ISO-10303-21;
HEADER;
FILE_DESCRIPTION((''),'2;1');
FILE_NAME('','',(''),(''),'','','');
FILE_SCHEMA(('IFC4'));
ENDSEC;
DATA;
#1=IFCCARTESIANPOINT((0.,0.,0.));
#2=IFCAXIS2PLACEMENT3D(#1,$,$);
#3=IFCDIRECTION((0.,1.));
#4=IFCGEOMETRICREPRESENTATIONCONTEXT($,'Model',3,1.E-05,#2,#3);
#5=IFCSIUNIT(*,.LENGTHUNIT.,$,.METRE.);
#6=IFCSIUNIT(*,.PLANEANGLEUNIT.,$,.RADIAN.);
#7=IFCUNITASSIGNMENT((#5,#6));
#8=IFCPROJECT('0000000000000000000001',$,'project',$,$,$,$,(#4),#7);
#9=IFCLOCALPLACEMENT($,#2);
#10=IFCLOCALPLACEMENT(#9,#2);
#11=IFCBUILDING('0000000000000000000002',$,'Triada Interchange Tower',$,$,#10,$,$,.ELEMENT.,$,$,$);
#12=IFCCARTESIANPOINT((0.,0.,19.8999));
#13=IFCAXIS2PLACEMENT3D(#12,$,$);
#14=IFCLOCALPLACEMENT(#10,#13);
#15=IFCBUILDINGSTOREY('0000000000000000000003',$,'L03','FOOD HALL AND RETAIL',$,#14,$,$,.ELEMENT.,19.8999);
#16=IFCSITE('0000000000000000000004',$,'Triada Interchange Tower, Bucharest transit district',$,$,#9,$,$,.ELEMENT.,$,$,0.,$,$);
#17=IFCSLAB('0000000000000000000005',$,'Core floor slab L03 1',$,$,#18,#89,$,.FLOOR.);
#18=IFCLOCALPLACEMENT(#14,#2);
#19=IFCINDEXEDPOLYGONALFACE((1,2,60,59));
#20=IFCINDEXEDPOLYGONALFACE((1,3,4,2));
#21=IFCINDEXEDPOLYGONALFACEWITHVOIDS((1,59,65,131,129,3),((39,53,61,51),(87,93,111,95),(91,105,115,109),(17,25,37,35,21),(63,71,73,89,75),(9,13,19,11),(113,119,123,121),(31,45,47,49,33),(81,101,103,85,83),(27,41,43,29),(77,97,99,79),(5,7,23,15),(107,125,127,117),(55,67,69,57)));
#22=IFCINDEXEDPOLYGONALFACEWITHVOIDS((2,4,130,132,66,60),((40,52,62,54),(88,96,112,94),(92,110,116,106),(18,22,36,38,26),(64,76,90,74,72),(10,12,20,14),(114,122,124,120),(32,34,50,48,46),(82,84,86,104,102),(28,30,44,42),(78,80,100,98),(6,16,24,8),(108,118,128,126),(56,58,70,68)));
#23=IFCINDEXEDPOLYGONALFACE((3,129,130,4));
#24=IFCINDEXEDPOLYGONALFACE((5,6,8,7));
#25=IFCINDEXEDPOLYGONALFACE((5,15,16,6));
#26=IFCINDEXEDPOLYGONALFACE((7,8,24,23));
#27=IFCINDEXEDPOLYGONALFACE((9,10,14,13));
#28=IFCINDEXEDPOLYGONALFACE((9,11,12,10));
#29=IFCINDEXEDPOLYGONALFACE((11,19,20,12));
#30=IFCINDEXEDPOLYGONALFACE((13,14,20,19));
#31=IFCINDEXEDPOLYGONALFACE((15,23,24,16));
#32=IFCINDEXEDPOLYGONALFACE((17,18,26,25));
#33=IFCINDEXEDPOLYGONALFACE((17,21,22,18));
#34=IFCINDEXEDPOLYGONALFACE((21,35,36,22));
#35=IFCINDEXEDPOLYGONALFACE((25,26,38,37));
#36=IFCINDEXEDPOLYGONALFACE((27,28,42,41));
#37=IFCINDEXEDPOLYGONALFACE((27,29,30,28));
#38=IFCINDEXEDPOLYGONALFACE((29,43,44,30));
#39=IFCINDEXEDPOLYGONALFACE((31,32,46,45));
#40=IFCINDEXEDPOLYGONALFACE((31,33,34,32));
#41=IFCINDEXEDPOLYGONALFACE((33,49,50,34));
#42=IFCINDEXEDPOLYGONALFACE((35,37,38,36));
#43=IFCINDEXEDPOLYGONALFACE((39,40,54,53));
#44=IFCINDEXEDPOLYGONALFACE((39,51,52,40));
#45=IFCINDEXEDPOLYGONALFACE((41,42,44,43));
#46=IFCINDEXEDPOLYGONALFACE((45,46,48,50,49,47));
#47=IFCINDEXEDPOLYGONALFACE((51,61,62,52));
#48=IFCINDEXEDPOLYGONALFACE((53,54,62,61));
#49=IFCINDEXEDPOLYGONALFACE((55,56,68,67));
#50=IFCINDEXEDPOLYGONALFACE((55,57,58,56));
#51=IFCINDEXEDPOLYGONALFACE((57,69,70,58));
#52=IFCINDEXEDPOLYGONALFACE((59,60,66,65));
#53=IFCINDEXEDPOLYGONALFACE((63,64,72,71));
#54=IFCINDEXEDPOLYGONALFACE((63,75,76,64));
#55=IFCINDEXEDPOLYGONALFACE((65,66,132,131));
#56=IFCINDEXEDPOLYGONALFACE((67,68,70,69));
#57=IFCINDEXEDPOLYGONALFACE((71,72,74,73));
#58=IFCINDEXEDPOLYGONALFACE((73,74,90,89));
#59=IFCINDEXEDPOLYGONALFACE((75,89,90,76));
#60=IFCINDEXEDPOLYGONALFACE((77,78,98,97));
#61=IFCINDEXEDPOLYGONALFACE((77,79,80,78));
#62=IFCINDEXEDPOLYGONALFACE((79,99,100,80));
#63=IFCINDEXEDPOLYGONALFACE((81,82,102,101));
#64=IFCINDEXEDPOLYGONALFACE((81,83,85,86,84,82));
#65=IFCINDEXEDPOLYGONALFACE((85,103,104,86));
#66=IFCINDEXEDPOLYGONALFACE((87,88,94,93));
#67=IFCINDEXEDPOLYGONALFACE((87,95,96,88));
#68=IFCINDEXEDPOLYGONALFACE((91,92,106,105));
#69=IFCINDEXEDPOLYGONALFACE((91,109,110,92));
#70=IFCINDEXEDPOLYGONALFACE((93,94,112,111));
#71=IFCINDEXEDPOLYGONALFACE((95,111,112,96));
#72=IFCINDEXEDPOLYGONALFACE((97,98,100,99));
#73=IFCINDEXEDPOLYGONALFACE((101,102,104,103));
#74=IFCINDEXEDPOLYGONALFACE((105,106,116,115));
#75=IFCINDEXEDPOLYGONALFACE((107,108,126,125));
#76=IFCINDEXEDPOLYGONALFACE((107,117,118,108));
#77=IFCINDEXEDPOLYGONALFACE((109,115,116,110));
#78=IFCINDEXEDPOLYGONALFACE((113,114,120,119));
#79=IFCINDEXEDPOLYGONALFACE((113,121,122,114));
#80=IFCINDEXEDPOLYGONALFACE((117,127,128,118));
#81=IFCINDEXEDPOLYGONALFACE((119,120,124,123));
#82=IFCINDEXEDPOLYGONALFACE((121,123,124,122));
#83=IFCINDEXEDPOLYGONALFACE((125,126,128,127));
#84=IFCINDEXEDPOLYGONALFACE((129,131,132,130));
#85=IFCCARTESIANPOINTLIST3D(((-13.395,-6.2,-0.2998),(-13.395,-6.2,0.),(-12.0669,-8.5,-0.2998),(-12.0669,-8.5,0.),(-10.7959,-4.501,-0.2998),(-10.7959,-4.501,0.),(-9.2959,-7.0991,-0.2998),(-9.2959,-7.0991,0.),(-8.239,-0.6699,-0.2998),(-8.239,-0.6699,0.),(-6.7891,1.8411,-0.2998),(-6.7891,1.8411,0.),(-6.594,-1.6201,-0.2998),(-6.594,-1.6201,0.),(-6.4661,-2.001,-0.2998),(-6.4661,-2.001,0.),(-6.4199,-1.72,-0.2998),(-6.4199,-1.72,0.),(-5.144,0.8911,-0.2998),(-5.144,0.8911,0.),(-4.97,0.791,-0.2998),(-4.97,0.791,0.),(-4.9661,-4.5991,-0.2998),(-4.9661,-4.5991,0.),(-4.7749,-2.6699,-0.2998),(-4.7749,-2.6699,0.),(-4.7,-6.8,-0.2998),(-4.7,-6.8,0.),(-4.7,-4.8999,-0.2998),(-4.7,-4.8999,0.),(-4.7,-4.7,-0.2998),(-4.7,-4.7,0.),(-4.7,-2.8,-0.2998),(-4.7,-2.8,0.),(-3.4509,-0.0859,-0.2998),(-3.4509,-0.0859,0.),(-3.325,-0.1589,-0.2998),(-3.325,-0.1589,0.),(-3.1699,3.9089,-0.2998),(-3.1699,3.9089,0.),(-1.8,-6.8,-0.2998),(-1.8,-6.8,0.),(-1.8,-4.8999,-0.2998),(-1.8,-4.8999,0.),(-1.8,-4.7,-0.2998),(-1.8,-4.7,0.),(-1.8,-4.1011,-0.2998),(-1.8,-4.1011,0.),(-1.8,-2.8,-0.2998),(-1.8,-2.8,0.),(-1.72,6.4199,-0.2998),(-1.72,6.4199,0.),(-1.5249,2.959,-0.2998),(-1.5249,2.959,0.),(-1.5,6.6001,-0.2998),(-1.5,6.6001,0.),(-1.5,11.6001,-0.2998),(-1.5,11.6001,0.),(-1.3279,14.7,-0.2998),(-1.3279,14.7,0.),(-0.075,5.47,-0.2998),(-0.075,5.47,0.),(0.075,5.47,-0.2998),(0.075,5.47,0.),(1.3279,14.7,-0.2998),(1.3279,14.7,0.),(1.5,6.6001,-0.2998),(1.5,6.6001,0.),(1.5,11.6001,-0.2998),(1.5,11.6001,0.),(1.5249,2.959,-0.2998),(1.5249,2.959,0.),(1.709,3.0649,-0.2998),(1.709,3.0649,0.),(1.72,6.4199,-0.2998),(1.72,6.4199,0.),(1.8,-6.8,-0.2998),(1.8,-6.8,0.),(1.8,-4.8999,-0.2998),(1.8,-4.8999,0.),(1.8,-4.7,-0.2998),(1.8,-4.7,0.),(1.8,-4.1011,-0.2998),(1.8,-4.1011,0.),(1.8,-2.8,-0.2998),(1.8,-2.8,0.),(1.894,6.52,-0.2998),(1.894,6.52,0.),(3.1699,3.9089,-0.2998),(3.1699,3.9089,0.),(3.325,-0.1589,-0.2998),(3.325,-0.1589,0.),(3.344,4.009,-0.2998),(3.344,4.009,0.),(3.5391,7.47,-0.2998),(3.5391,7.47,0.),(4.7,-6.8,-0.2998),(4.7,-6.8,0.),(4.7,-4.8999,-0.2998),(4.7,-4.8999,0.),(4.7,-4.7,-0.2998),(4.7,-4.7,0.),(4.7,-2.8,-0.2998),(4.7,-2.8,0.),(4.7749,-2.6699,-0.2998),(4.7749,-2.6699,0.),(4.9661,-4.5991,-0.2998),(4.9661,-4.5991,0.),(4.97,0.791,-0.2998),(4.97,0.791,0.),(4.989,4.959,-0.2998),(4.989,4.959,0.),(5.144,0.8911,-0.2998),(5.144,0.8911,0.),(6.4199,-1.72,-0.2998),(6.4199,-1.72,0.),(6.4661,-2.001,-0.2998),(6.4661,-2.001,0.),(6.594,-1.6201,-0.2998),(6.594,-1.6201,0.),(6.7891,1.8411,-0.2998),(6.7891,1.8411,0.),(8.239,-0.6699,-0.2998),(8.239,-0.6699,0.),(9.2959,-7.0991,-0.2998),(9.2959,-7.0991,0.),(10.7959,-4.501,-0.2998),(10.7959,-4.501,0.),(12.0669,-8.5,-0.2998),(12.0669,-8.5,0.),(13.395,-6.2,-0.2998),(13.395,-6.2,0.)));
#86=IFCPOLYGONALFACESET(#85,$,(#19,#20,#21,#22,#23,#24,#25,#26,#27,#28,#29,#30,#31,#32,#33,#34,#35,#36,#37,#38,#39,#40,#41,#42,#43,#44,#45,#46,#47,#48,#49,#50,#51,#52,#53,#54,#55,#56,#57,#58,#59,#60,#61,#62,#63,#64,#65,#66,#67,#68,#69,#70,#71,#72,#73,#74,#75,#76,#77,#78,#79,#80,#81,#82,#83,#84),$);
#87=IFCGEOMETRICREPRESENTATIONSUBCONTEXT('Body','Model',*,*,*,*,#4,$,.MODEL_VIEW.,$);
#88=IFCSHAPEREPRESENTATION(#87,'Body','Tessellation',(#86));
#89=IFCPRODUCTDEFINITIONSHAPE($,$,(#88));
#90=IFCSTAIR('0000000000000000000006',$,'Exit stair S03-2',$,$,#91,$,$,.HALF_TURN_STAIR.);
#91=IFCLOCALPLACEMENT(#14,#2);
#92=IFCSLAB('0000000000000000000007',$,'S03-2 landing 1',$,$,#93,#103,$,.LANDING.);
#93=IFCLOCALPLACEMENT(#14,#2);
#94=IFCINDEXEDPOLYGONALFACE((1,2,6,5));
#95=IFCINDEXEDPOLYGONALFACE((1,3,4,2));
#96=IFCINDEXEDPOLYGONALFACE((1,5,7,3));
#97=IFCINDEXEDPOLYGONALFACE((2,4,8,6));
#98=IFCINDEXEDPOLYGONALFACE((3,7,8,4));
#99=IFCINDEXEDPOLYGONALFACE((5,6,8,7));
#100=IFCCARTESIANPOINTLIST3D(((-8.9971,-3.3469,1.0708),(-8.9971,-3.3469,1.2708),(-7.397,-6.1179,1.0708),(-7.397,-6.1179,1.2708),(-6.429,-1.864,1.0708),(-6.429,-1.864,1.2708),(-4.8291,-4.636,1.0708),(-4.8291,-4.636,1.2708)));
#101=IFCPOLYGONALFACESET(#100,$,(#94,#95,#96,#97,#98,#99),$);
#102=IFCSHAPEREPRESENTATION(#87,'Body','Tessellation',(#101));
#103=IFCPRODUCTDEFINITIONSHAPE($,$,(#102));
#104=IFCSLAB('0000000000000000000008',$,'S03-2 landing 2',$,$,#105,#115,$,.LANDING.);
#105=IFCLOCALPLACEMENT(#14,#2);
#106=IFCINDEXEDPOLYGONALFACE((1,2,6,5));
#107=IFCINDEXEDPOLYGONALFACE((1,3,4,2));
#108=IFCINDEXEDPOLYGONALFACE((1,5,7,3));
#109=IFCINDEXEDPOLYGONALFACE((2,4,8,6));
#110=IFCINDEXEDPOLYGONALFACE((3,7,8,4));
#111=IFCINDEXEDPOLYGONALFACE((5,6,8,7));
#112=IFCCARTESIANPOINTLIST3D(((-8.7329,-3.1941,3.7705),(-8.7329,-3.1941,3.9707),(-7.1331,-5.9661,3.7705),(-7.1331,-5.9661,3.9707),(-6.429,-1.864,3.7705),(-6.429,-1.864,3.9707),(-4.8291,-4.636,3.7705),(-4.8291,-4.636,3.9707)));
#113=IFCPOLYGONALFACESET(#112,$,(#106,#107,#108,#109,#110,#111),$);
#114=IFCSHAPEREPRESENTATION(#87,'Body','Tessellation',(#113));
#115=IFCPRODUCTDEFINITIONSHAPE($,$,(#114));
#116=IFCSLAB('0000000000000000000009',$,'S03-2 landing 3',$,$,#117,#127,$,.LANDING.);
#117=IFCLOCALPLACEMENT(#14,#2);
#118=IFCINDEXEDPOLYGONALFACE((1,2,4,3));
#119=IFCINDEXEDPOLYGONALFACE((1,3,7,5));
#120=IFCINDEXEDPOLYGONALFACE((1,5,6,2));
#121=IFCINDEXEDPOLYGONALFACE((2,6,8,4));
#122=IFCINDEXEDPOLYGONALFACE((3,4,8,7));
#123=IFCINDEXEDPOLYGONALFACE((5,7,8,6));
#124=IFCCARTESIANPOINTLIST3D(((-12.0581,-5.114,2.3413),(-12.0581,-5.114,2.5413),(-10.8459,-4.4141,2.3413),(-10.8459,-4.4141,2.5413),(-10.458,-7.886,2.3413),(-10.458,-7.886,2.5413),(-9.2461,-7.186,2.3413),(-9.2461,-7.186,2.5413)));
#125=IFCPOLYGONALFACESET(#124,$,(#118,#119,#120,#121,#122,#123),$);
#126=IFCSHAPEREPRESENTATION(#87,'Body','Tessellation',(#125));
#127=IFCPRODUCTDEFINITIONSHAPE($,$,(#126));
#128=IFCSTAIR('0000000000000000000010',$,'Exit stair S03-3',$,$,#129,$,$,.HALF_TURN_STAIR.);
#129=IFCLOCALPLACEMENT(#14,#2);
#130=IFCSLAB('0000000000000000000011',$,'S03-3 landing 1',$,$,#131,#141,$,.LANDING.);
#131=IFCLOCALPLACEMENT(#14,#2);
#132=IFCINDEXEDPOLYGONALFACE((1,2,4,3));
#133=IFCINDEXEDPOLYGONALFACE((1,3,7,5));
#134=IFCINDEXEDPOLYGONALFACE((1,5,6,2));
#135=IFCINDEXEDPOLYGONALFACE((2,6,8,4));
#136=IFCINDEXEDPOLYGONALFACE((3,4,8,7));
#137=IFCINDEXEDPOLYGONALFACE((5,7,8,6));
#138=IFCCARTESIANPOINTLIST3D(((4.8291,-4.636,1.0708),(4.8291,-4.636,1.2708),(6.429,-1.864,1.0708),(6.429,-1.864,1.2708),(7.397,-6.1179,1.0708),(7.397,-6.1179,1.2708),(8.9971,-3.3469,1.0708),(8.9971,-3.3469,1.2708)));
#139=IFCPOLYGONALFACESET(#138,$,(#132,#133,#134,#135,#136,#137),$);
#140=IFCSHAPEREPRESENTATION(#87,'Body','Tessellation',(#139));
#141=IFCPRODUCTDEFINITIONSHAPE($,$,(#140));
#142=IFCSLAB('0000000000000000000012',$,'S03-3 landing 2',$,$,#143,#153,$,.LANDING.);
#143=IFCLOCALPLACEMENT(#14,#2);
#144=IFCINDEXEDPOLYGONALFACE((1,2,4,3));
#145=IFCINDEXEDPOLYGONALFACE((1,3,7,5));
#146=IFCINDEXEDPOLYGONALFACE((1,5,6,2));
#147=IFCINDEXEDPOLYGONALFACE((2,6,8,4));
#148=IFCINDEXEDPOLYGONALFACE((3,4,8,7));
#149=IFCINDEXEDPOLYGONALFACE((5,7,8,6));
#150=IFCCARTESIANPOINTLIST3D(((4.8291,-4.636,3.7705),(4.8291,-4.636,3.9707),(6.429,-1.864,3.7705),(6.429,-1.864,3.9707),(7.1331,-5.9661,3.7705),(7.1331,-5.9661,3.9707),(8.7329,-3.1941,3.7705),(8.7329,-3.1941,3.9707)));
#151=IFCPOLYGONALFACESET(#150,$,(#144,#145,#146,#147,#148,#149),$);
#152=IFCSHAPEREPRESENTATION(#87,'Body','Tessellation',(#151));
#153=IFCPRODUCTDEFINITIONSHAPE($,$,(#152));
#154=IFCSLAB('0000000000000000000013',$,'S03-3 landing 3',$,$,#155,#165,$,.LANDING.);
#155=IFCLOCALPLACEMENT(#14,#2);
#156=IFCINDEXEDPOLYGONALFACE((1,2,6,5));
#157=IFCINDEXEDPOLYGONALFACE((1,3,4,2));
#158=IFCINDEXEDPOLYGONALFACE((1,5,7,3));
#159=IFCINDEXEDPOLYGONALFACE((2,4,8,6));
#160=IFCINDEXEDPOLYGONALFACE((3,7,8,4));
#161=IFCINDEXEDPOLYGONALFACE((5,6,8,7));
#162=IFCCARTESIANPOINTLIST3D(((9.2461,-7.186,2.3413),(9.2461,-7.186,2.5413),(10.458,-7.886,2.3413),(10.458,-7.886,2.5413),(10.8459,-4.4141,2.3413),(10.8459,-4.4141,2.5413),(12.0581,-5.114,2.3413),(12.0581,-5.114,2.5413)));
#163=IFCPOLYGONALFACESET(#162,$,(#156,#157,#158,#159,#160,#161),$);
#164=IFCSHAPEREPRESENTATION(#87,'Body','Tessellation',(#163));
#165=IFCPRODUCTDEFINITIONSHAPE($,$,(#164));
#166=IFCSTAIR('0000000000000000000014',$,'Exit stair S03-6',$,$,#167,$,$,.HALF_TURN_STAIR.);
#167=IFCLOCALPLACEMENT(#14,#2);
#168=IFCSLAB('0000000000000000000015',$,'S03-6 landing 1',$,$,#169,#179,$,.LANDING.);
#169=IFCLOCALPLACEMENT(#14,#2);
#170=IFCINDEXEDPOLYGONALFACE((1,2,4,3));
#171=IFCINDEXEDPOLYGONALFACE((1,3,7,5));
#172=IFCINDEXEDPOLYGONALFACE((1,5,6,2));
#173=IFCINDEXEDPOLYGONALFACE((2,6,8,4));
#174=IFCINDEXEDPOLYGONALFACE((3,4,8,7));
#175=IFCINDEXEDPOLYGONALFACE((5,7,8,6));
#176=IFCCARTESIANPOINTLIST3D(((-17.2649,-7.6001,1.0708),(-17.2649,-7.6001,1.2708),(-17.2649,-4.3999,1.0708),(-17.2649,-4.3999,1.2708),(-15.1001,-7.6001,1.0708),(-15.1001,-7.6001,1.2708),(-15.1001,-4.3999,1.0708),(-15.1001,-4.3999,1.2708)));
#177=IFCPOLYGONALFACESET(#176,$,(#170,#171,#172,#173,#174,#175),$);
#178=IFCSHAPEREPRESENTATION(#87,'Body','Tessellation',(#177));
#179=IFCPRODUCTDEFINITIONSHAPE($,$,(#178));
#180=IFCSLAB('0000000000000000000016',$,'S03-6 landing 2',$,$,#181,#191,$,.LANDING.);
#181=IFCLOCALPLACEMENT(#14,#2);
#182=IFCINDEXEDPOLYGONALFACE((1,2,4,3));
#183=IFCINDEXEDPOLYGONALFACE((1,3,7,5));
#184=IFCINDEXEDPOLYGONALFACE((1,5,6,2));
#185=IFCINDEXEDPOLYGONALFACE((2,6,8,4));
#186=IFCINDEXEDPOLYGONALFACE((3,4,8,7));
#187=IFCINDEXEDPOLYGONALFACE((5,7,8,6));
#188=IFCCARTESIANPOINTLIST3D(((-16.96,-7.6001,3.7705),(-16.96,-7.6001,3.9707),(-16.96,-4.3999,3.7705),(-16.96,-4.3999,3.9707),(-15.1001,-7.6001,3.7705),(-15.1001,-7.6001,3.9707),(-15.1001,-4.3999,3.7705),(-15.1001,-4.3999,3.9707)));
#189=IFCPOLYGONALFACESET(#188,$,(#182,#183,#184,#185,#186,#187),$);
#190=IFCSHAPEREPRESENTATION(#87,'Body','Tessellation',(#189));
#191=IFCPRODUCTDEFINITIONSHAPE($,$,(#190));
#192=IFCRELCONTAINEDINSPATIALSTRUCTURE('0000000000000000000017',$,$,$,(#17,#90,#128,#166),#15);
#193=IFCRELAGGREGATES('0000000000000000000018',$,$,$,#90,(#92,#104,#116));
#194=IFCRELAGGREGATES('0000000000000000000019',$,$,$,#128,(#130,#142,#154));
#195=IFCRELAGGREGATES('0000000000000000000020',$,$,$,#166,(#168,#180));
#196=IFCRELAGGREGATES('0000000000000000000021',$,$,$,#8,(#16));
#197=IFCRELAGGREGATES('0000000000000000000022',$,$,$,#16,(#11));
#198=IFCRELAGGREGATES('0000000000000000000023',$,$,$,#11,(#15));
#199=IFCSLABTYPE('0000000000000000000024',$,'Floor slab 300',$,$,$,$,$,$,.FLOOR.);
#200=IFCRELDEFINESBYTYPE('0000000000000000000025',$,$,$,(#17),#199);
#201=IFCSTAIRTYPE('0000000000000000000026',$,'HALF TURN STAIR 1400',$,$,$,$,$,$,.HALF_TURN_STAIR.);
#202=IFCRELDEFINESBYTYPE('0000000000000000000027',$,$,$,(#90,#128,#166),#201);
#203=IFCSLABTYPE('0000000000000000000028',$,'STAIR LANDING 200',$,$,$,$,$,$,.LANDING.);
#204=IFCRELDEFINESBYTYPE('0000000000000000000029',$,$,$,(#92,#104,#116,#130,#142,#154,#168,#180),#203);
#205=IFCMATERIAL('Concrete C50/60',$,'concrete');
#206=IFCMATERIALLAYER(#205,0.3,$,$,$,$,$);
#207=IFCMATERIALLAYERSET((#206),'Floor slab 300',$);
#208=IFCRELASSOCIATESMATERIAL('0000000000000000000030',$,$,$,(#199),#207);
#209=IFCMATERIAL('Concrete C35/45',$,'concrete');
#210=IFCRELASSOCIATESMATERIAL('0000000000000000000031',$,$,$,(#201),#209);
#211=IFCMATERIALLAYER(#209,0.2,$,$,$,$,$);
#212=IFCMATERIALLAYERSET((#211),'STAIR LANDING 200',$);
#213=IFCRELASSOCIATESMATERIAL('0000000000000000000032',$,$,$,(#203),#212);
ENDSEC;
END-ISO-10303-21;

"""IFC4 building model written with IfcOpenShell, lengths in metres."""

from ifc_helpers import new_model, si_unit, direction, frame, origin, place, context, subcontext, project, spatial, polyline, outline, extrude, material, layer, layer_set, type_object, element, aggregate, save


model = new_model("IFC4")

# Units and contexts
model_context = context("Model", 3, precision=1e-05, world=origin(), true_north=direction((0.0, 1.0)))
body_context = subcontext(model_context, "Body", "Model", "MODEL_VIEW")
ifc_project = project(units=[si_unit("LENGTHUNIT", "METRE"), si_unit("PLANEANGLEUNIT", "RADIAN")], contexts=[model_context])

# Site, building, storey
site_placement = place(None, origin())
site = spatial("IfcSite", under=ifc_project, at=site_placement, Name="Triada Interchange Tower, Bucharest transit district", CompositionType="ELEMENT", RefElevation=0.0)
building_placement = place(site_placement, origin())
building = spatial("IfcBuilding", under=site, at=building_placement, Name="Triada Interchange Tower", CompositionType="ELEMENT")
storey_placement = place(building_placement, frame((0.0, 0.0, 19.8999)))
storey = spatial("IfcBuildingStorey", under=building, at=storey_placement, Name="L03", Description="FOOD HALL AND RETAIL", CompositionType="ELEMENT", Elevation=19.8999)

# Slab
ifc_material_1 = material(Name="Concrete C50/60", Category="concrete")
ifc_layer_1 = layer(ifc_material_1, 0.3)
ifc_layer_set_1 = layer_set([ifc_layer_1], Name="Floor slab 300")
slab_type_1 = type_object("IfcSlabType", Name="Floor slab 300", PredefinedType="FLOOR", material=ifc_layer_set_1)
slab_1_placement = place(storey_placement, frame((0.0, 0.0, -0.2998)))
element("IfcSlab", 1, at=slab_1_placement, inside=storey, type_object=slab_type_1, Name="Core floor slab L03 1", PredefinedType="FLOOR", context=body_context, shape_type="SweptSolid", body=[
    extrude(outline(polyline([(13.395, -6.2), (12.0669, -8.5), (-12.0669, -8.5), (-13.395, -6.2), (-1.3279, 14.7), (1.3279, 14.7), (13.395, -6.2)]), holes=[polyline([(9.2959, -7.0991), (10.7959, -4.501), (6.4661, -2.001), (4.9661, -4.5991), (9.2959, -7.0991)]), polyline([(6.7891, 1.8411), (5.144, 0.8911), (6.594, -1.6201), (8.239, -0.6699), (6.7891, 1.8411)]), polyline([(4.97, 0.791), (3.325, -0.1589), (4.7749, -2.6699), (6.4199, -1.72), (4.97, 0.791)]), polyline([(1.894, 6.52), (3.344, 4.009), (4.989, 4.959), (3.5391, 7.47), (1.894, 6.52)]), polyline([(1.8, -4.8999), (1.8, -6.8), (4.7, -6.8), (4.7, -4.8999), (1.8, -4.8999)]), polyline([(1.8, -2.8), (1.8, -4.1011), (1.8, -4.7), (4.7, -4.7), (4.7, -2.8), (1.8, -2.8)]), polyline([(1.5249, 2.959), (1.709, 3.0649), (3.1699, 3.9089), (1.72, 6.4199), (0.075, 5.47), (1.5249, 2.959)]), polyline([(1.5, 11.6001), (-1.5, 11.6001), (-1.5, 6.6001), (1.5, 6.6001), (1.5, 11.6001)]), polyline([(-1.5249, 2.959), (-0.075, 5.47), (-1.72, 6.4199), (-3.1699, 3.9089), (-1.5249, 2.959)]), polyline([(-4.7, -2.8), (-4.7, -4.7), (-1.8, -4.7), (-1.8, -4.1011), (-1.8, -2.8), (-4.7, -2.8)]), polyline([(-4.7, -4.8999), (-4.7, -6.8), (-1.8, -6.8), (-1.8, -4.8999), (-4.7, -4.8999)]), polyline([(-3.325, -0.1589), (-3.4509, -0.0859), (-4.97, 0.791), (-6.4199, -1.72), (-4.7749, -2.6699), (-3.325, -0.1589)]), polyline([(-10.7959, -4.501), (-9.2959, -7.0991), (-4.9661, -4.5991), (-6.4661, -2.001), (-10.7959, -4.501)]), polyline([(-6.594, -1.6201), (-5.144, 0.8911), (-6.7891, 1.8411), (-8.239, -0.6699), (-6.594, -1.6201)])]), origin(), (0.0, 0.0, 1.0), 0.2998),
])

# Stairs, slabs
ifc_material_2 = material(Name="Concrete C35/45", Category="concrete")
stair_type = type_object("IfcStairType", Name="HALF TURN STAIR 1400", PredefinedType="HALF_TURN_STAIR", material=ifc_material_2)
stair_1_placement = place(storey_placement, origin())
stair_1 = element("IfcStair", 2, at=stair_1_placement, inside=storey, type_object=stair_type, Name="Exit stair S03-2", PredefinedType="HALF_TURN_STAIR")
ifc_layer_2 = layer(ifc_material_2, 0.2)
ifc_layer_set_2 = layer_set([ifc_layer_2], Name="STAIR LANDING 200")
slab_type_2 = type_object("IfcSlabType", Name="STAIR LANDING 200", PredefinedType="LANDING", material=ifc_layer_set_2)
slab_2_placement = place(storey_placement, frame((0.0, 0.0, 1.0708)))
slab_2 = element("IfcSlab", 3, at=slab_2_placement, type_object=slab_type_2, Name="S03-2 landing 1", PredefinedType="LANDING", context=body_context, shape_type="SweptSolid", body=[
    extrude(outline(polyline([(-6.429, -1.864), (-8.9971, -3.3469), (-7.397, -6.1179), (-4.8291, -4.636), (-6.429, -1.864)])), origin(), (0.0, 0.0, 1.0), 0.2),
])
slab_3_placement = place(storey_placement, frame((0.0, 0.0, 3.7705)))
slab_3 = element("IfcSlab", 4, at=slab_3_placement, type_object=slab_type_2, Name="S03-2 landing 2", PredefinedType="LANDING", context=body_context, shape_type="SweptSolid", body=[
    extrude(outline(polyline([(-6.429, -1.864), (-8.7329, -3.1941), (-7.1331, -5.9661), (-4.8291, -4.636), (-6.429, -1.864)])), origin(), (0.0, 0.0, 1.0), 0.2002),
])
slab_4_placement = place(storey_placement, frame((0.0, 0.0, 2.3413)))
slab_4 = element("IfcSlab", 5, at=slab_4_placement, type_object=slab_type_2, Name="S03-2 landing 3", PredefinedType="LANDING", context=body_context, shape_type="SweptSolid", body=[
    extrude(outline(polyline([(-10.8459, -4.4141), (-12.0581, -5.114), (-10.458, -7.886), (-9.2461, -7.186), (-10.8459, -4.4141)])), origin(), (0.0, 0.0, 1.0), 0.2),
])
aggregate(stair_1, [slab_2, slab_3, slab_4])
stair_2_placement = place(storey_placement, origin())
stair_2 = element("IfcStair", 6, at=stair_2_placement, inside=storey, type_object=stair_type, Name="Exit stair S03-3", PredefinedType="HALF_TURN_STAIR")
slab_5_placement = place(storey_placement, frame((0.0, 0.0, 1.0708)))
slab_5 = element("IfcSlab", 7, at=slab_5_placement, type_object=slab_type_2, Name="S03-3 landing 1", PredefinedType="LANDING", context=body_context, shape_type="SweptSolid", body=[
    extrude(outline(polyline([(4.8291, -4.636), (7.397, -6.1179), (8.9971, -3.3469), (6.429, -1.864), (4.8291, -4.636)])), origin(), (0.0, 0.0, 1.0), 0.2),
])
slab_6_placement = place(storey_placement, frame((0.0, 0.0, 3.7705)))
slab_6 = element("IfcSlab", 8, at=slab_6_placement, type_object=slab_type_2, Name="S03-3 landing 2", PredefinedType="LANDING", context=body_context, shape_type="SweptSolid", body=[
    extrude(outline(polyline([(4.8291, -4.636), (7.1331, -5.9661), (8.7329, -3.1941), (6.429, -1.864), (4.8291, -4.636)])), origin(), (0.0, 0.0, 1.0), 0.2002),
])
slab_7_placement = place(storey_placement, frame((0.0, 0.0, 2.3413)))
slab_7 = element("IfcSlab", 9, at=slab_7_placement, type_object=slab_type_2, Name="S03-3 landing 3", PredefinedType="LANDING", context=body_context, shape_type="SweptSolid", body=[
    extrude(outline(polyline([(9.2461, -7.186), (10.458, -7.886), (12.0581, -5.114), (10.8459, -4.4141), (9.2461, -7.186)])), origin(), (0.0, 0.0, 1.0), 0.2),
])
aggregate(stair_2, [slab_5, slab_6, slab_7])
stair_3_placement = place(storey_placement, origin())
stair_3 = element("IfcStair", 10, at=stair_3_placement, inside=storey, type_object=stair_type, Name="Exit stair S03-6", PredefinedType="HALF_TURN_STAIR")
slab_8_placement = place(storey_placement, frame((0.0, 0.0, 1.0708)))
slab_8 = element("IfcSlab", 11, at=slab_8_placement, type_object=slab_type_2, Name="S03-6 landing 1", PredefinedType="LANDING", context=body_context, shape_type="SweptSolid", body=[
    extrude(outline(polyline([(-15.1001, -4.3999), (-17.2649, -4.3999), (-17.2649, -7.6001), (-15.1001, -7.6001), (-15.1001, -4.3999)])), origin(), (0.0, 0.0, 1.0), 0.2),
])
slab_9_placement = place(storey_placement, frame((0.0, 0.0, 3.7705)))
slab_9 = element("IfcSlab", 12, at=slab_9_placement, type_object=slab_type_2, Name="S03-6 landing 2", PredefinedType="LANDING", context=body_context, shape_type="SweptSolid", body=[
    extrude(outline(polyline([(-15.1001, -4.3999), (-16.96, -4.3999), (-16.96, -7.6001), (-15.1001, -7.6001), (-15.1001, -4.3999)])), origin(), (0.0, 0.0, 1.0), 0.2002),
])
aggregate(stair_3, [slab_8, slab_9])

save(model, "model.ifc")
